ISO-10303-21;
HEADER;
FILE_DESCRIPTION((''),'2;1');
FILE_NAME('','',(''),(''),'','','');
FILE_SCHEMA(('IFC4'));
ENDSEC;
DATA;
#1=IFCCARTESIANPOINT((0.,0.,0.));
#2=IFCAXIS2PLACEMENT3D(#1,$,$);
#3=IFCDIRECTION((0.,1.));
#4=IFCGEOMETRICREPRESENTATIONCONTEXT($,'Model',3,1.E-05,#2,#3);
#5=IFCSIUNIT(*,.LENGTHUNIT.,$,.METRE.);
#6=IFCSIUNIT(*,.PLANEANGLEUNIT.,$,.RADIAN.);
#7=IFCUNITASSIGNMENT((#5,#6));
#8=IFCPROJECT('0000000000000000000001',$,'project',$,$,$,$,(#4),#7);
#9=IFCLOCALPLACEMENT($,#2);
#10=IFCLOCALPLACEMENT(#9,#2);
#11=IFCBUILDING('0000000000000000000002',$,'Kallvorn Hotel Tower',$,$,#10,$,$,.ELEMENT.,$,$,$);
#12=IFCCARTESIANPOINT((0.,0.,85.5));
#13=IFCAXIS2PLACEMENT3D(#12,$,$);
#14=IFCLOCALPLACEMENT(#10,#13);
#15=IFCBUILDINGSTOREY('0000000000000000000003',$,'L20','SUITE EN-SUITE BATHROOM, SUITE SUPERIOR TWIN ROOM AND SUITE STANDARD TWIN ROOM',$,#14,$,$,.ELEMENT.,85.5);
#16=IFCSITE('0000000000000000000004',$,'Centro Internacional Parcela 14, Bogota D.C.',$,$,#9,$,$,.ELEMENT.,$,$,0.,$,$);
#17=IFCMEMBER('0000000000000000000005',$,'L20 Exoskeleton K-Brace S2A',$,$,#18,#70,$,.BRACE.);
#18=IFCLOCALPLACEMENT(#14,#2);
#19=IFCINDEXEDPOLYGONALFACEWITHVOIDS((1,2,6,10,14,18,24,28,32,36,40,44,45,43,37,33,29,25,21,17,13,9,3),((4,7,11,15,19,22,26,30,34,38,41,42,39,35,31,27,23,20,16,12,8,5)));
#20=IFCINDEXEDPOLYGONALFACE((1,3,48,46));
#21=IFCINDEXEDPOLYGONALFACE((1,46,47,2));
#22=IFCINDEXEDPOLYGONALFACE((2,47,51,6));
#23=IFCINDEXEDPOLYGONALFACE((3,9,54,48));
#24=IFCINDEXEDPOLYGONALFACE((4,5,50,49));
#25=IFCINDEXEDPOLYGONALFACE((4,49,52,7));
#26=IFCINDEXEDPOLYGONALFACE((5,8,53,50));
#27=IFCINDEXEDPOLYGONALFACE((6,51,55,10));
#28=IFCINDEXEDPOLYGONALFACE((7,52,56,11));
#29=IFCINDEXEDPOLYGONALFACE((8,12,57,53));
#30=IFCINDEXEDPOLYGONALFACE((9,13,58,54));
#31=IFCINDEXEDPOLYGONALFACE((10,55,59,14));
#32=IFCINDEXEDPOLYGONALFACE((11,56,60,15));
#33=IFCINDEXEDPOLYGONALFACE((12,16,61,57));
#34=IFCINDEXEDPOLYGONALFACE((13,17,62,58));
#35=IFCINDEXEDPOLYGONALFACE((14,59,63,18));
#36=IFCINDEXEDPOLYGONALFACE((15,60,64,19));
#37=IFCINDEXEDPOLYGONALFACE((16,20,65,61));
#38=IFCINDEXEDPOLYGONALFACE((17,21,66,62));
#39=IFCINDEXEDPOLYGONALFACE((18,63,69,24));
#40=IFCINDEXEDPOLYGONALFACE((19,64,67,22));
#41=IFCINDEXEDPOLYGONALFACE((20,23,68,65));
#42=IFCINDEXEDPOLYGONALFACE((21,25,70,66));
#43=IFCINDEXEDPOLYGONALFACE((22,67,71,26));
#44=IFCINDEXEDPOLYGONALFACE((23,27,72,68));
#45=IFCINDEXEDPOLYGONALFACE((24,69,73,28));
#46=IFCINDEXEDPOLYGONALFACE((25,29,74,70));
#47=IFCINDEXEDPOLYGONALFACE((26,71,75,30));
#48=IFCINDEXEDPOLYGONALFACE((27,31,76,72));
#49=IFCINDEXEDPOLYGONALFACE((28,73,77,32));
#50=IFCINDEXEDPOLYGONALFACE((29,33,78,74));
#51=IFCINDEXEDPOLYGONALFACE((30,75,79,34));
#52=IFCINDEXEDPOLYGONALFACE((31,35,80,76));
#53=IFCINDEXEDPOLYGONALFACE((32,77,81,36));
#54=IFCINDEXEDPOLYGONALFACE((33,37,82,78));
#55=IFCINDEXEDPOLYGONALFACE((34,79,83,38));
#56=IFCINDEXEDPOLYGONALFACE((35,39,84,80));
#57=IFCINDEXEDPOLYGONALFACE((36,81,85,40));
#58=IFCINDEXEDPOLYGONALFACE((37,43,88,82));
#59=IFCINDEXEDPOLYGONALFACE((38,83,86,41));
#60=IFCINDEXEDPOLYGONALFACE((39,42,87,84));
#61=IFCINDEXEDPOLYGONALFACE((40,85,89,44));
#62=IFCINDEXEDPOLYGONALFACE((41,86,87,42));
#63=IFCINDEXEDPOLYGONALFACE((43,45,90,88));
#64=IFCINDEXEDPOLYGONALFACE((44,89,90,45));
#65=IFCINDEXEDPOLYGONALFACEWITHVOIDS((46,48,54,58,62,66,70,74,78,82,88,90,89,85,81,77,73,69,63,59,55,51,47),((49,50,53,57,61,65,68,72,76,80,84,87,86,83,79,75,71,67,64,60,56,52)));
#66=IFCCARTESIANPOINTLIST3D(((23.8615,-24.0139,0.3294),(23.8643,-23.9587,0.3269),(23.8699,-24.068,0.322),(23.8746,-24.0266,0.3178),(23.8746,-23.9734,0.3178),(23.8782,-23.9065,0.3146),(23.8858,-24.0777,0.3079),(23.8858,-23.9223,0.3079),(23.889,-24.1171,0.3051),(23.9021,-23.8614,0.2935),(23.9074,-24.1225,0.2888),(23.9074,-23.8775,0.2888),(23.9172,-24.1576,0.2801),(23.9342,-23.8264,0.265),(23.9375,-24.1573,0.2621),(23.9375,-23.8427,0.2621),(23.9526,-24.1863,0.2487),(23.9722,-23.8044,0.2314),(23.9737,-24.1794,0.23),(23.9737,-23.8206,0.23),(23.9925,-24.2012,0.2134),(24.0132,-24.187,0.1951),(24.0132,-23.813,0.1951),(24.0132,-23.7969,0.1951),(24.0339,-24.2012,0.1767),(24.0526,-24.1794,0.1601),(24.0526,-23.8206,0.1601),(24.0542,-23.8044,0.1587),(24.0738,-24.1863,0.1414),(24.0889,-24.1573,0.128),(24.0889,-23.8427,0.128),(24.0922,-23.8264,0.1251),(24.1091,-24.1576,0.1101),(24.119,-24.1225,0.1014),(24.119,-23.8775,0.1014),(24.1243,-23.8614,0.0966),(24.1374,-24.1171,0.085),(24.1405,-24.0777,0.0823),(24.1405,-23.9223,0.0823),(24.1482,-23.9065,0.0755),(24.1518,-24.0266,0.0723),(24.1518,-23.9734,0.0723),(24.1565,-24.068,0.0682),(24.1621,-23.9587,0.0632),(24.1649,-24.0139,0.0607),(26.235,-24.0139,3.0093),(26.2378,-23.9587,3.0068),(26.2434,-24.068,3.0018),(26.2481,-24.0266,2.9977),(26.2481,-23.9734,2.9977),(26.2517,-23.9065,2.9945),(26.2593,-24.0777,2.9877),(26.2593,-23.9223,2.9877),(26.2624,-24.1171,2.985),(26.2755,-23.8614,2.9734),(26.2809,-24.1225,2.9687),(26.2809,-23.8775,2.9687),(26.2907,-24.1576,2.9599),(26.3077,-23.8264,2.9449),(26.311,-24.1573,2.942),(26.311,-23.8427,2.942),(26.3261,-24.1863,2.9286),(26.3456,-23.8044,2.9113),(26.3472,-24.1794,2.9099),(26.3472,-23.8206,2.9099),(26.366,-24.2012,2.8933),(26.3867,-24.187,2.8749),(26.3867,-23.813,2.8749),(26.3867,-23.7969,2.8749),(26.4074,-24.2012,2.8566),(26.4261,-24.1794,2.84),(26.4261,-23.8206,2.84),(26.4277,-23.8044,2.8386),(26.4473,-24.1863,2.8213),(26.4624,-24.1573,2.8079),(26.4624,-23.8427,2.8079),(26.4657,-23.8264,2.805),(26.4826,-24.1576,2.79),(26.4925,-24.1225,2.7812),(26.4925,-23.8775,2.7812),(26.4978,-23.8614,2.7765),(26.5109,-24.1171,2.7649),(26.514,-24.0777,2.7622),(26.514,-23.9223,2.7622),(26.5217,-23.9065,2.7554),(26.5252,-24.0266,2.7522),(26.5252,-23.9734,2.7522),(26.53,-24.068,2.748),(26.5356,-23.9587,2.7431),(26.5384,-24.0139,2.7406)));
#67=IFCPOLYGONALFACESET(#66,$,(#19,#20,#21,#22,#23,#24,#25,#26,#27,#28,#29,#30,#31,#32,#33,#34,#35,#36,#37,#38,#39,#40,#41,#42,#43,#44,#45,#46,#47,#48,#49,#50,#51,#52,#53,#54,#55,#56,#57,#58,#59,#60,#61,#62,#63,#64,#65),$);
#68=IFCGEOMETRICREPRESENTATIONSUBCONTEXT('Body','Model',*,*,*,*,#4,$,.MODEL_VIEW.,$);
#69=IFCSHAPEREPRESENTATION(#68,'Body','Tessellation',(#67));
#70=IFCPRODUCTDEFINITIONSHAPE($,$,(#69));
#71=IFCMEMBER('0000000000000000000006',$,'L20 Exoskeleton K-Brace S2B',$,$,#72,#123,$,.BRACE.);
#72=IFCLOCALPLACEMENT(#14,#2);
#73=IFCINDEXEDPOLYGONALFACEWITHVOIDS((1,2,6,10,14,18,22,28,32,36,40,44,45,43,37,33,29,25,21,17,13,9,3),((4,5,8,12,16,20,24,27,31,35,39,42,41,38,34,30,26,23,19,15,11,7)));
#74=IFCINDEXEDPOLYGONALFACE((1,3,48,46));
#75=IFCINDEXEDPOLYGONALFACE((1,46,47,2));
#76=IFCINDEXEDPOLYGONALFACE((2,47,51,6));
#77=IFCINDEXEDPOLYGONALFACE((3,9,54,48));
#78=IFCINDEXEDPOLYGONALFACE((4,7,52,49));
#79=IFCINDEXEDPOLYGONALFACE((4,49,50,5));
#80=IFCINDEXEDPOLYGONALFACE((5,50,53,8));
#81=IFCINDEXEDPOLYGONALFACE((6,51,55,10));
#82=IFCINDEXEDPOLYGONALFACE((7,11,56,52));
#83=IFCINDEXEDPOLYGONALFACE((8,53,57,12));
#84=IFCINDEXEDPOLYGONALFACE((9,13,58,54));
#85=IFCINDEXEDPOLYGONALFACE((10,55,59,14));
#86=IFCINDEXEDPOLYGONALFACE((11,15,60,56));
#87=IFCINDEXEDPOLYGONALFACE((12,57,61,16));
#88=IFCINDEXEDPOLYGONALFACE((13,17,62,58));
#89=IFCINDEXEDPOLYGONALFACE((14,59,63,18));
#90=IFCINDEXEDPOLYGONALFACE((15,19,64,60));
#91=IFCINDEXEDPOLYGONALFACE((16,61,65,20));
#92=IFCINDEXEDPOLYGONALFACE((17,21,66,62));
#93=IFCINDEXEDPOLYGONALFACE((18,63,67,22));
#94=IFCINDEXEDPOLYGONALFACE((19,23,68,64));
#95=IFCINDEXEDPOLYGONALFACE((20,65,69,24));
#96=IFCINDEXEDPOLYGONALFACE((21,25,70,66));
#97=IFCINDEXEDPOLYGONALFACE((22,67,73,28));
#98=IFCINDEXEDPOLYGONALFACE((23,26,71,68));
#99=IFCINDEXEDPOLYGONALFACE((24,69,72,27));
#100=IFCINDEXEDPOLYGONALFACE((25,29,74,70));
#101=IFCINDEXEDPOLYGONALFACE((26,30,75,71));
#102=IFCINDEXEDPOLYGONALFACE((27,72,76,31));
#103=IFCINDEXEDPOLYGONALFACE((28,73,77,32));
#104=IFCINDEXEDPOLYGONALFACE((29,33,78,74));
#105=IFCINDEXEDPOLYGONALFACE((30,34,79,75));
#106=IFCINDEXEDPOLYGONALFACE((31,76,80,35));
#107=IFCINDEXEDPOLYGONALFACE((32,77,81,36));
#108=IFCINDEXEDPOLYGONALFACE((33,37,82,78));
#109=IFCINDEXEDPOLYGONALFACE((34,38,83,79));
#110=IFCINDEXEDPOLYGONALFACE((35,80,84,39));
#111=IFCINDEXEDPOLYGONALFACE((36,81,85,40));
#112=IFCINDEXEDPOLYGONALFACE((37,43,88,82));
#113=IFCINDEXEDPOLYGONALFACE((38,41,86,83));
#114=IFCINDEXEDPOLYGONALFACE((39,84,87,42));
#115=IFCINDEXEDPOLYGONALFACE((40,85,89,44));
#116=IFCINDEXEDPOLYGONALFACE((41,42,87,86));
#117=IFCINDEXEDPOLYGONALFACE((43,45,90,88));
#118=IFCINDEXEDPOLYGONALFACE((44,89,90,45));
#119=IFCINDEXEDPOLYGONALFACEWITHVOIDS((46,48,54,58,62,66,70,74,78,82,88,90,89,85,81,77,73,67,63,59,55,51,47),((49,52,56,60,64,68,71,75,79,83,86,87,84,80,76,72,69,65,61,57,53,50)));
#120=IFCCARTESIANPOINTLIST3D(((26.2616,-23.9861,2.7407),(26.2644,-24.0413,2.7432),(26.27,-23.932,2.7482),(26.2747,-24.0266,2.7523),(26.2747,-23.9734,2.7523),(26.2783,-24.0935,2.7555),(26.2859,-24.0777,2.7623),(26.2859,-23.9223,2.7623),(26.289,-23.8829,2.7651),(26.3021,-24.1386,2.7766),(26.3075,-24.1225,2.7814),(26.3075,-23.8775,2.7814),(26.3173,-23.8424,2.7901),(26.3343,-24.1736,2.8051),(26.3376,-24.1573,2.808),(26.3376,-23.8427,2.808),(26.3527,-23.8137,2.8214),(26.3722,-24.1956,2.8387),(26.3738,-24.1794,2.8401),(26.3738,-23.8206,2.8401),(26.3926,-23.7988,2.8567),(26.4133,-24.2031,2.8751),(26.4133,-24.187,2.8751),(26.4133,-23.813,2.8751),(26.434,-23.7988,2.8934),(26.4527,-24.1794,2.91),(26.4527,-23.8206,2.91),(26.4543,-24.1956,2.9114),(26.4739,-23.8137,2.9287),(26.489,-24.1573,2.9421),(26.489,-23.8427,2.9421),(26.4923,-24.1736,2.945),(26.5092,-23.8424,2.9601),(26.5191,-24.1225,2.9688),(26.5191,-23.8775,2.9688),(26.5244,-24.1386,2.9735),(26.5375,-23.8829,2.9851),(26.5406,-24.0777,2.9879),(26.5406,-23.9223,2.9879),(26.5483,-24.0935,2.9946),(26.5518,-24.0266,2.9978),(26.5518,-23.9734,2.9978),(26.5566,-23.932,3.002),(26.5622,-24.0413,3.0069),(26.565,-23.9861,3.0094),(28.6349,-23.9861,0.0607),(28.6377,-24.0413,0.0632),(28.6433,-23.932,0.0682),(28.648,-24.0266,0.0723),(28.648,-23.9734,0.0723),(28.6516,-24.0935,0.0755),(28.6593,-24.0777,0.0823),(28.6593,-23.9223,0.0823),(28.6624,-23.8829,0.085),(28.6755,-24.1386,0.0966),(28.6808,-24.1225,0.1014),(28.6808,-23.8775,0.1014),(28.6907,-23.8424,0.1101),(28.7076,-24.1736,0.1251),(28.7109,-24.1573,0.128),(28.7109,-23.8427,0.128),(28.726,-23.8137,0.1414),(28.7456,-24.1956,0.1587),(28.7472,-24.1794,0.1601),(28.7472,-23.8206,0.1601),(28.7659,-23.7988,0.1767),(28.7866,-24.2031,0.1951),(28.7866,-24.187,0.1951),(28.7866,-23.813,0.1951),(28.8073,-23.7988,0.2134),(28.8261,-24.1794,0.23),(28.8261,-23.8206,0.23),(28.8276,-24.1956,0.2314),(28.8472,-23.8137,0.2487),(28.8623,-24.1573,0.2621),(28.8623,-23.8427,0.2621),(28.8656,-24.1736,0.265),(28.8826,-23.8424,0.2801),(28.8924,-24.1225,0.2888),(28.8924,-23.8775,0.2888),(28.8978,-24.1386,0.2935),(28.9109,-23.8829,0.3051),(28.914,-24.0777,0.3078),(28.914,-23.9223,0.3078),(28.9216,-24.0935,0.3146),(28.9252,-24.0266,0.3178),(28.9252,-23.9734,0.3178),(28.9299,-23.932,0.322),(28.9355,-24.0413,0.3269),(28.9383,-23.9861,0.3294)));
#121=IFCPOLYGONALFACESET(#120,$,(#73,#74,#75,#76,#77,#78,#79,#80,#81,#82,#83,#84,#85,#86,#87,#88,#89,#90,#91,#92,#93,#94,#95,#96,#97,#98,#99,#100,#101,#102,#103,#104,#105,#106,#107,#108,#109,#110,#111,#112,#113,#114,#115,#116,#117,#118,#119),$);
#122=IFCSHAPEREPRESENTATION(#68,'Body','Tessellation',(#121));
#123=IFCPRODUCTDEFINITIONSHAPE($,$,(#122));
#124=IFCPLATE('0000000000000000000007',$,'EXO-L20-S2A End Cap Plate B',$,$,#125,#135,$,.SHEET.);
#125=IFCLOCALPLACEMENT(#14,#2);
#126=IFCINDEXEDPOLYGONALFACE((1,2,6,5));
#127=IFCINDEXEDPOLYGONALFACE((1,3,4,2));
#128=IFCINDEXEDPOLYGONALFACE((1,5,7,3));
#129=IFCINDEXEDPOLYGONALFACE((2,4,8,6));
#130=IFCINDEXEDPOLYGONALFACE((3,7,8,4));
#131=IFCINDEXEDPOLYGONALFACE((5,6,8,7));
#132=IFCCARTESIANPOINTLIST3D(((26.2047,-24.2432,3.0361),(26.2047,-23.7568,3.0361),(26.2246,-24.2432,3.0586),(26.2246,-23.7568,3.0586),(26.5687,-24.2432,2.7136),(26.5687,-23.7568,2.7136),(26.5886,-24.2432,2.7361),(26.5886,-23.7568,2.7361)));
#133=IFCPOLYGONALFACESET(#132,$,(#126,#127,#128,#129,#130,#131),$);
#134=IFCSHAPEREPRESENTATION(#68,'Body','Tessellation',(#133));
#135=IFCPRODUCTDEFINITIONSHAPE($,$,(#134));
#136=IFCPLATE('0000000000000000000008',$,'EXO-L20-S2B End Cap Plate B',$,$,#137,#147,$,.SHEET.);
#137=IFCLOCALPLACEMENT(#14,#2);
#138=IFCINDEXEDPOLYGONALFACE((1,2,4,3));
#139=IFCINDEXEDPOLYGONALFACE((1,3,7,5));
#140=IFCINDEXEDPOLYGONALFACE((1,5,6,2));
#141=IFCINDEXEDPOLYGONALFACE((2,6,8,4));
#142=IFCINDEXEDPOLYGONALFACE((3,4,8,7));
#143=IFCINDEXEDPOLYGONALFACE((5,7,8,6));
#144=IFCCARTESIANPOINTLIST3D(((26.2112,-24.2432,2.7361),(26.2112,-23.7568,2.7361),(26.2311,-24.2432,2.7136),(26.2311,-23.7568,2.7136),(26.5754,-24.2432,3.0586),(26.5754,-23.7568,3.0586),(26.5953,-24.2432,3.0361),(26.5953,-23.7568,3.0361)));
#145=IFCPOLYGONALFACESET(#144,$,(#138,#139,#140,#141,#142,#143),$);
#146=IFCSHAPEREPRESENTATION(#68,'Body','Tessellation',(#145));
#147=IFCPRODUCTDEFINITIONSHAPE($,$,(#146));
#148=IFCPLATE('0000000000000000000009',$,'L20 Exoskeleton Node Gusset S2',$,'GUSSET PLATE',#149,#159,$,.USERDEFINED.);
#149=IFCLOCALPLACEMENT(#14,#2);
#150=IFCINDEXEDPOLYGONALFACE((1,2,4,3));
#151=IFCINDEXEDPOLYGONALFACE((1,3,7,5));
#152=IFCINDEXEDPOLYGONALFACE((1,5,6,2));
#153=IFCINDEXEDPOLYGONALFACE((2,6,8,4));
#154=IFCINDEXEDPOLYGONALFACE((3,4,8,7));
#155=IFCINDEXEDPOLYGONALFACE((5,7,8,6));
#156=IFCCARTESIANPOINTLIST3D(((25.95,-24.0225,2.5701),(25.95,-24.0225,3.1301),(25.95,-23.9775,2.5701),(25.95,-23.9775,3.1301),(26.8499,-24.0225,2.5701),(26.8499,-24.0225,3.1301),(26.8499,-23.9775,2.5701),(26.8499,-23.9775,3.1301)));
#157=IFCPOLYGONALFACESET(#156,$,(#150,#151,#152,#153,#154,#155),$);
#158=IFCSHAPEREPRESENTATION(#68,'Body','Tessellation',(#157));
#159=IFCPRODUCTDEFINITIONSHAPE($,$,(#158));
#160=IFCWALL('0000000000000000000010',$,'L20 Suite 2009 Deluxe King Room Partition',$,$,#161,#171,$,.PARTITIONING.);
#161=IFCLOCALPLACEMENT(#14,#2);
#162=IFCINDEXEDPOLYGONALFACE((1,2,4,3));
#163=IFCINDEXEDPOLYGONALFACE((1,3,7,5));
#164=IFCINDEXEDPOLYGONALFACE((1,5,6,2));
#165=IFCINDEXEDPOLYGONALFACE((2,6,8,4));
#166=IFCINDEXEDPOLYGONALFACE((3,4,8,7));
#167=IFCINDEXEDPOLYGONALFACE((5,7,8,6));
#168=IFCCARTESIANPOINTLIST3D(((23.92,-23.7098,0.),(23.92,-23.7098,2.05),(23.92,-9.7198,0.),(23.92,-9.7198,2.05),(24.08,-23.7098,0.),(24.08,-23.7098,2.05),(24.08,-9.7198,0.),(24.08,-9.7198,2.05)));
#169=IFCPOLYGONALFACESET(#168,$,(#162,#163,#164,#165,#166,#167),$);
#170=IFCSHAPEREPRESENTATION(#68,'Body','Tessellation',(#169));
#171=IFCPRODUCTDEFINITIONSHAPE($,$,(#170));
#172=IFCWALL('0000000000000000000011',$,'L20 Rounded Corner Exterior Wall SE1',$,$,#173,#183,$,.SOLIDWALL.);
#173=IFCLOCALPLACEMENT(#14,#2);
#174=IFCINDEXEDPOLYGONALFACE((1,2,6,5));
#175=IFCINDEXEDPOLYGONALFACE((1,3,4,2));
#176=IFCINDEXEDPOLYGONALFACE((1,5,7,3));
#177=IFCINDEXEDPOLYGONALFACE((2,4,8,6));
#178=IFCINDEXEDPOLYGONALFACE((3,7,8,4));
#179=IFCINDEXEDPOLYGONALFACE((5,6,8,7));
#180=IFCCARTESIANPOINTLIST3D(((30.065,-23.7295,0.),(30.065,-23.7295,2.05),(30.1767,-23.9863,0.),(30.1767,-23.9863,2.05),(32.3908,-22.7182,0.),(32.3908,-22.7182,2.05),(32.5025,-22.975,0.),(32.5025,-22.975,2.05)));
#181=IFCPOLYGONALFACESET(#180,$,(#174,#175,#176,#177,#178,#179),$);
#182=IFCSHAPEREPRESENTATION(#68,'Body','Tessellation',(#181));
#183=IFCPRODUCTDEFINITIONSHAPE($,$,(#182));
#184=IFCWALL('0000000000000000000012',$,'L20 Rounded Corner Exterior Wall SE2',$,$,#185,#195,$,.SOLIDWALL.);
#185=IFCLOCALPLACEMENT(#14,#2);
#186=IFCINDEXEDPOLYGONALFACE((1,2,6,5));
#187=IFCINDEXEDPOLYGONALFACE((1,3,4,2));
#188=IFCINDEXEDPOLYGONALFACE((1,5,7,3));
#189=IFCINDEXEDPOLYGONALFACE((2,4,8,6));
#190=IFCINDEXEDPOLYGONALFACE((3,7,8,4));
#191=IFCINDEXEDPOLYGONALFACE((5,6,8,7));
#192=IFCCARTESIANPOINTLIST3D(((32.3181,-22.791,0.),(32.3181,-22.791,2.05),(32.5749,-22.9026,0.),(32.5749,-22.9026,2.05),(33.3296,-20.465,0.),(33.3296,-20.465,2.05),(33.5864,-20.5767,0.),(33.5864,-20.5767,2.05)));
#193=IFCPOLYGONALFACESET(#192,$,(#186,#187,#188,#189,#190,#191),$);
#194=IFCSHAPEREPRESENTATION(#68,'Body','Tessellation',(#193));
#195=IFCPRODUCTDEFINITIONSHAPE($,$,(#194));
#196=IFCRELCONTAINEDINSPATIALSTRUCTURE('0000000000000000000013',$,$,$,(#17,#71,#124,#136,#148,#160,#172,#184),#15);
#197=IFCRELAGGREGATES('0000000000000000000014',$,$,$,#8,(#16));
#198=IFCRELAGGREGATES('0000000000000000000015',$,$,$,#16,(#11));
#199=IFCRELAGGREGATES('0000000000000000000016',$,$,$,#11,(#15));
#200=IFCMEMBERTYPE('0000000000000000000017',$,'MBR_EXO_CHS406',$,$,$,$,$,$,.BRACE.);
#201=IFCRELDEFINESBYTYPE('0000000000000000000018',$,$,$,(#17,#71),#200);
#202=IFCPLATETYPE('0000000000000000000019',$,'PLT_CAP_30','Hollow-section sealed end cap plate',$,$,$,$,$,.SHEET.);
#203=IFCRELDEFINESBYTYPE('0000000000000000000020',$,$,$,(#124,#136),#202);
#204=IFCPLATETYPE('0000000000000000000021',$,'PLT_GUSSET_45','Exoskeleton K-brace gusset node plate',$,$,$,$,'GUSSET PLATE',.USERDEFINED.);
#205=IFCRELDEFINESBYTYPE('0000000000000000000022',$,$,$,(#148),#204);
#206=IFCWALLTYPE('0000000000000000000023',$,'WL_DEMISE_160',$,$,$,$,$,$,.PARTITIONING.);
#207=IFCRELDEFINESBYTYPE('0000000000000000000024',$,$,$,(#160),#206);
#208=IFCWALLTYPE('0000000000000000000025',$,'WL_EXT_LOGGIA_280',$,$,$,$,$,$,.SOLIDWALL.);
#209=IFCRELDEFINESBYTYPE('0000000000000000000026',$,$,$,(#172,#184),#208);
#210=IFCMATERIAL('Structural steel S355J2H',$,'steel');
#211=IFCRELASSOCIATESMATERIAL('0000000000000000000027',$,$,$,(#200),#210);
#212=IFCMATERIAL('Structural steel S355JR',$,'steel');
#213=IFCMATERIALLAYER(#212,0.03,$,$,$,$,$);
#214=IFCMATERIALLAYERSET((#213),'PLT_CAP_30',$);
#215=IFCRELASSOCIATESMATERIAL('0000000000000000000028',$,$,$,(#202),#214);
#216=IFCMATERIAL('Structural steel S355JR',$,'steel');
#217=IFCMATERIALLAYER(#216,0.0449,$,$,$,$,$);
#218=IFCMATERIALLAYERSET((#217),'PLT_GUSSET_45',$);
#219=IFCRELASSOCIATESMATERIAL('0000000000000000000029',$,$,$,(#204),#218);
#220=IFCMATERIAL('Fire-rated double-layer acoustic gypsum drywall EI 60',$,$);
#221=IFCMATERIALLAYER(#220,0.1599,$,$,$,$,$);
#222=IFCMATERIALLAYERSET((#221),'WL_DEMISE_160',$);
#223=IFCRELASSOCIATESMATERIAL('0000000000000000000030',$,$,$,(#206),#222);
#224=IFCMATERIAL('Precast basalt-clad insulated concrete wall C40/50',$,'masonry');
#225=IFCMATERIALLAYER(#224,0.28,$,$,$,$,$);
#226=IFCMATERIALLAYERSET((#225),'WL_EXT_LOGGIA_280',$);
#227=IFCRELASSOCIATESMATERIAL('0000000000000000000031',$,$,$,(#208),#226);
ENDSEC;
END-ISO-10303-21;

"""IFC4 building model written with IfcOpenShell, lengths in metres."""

from ifc_helpers import new_model, si_unit, direction, frame, frame_2d, origin, origin_2d, place, context, subcontext, project, spatial, polyline, rectangle, hollow_circle, outline, extrude, material, layer, layer_set, material_profile, profile_set, type_object, element, save


model = new_model("IFC4")

# Units and contexts
model_context = context("Model", 3, precision=1e-05, world=origin(), true_north=direction((0.0, 1.0)))
body_context = subcontext(model_context, "Body", "Model", "MODEL_VIEW")
ifc_project = project(units=[si_unit("LENGTHUNIT", "METRE"), si_unit("PLANEANGLEUNIT", "RADIAN")], contexts=[model_context])

# Site, building, storey
site_placement = place(None, origin())
site = spatial("IfcSite", under=ifc_project, at=site_placement, Name="Centro Internacional Parcela 14, Bogota D.C.", CompositionType="ELEMENT", RefElevation=0.0)
building_placement = place(site_placement, origin())
building = spatial("IfcBuilding", under=site, at=building_placement, Name="Kallvorn Hotel Tower", CompositionType="ELEMENT")
storey_placement = place(building_placement, frame((0.0, 0.0, 85.5)))
storey = spatial("IfcBuildingStorey", under=building, at=storey_placement, Name="L20", Description="SUITE EN-SUITE BATHROOM, SUITE SUPERIOR TWIN ROOM AND SUITE STANDARD TWIN ROOM", CompositionType="ELEMENT", Elevation=85.5)

# Members
ifc_material_1 = material(Name="Structural steel S355J2H", Category="steel")
ifc_material_profile_1 = material_profile(ifc_material_1, hollow_circle(Radius=0.2031, WallThickness=0.0161, at=origin_2d()), Name="CHS 406.4x16")
ifc_profile_set_1 = profile_set([ifc_material_profile_1], Name="Structural steel S355J2H")
member_type = type_object("IfcMemberType", Name="MBR_EXO_CHS406", PredefinedType="BRACE", material=ifc_profile_set_1)
for number, where, z_axis, x_axis, name in (
    (1, (24.0132, -24.0, 0.1951), (0.663017, 0.0, 0.748605), (0.0, 1.0, 0.0), "L20 Exoskeleton K-Brace S2A"),
    (2, (28.7866, -24.0, 0.1951), (-0.662978, 0.0, 0.748638), (0.0, -1.0, 0.0), "L20 Exoskeleton K-Brace S2B"),
):
    element("IfcMember", number, at=place(storey_placement, frame(where, z_axis=z_axis, x_axis=x_axis)), inside=storey, type_object=member_type, Name=name, PredefinedType="BRACE", context=body_context, shape_type="SweptSolid", body=[
        extrude(hollow_circle(Radius=0.2031, WallThickness=0.0161, at=origin_2d()), origin(), (0.0, 0.0, 1.0), 3.5798),
    ])

# Plates
ifc_material_2 = material(Name="Structural steel S355JR", Category="steel")
ifc_layer_1 = layer(ifc_material_2, 0.03)
ifc_layer_set_1 = layer_set([ifc_layer_1], Name="PLT_CAP_30")
plate_type_1 = type_object("IfcPlateType", Name="PLT_CAP_30", Description="Hollow-section sealed end cap plate", PredefinedType="SHEET", material=ifc_layer_set_1)
plate_1_placement = place(storey_placement, frame((26.5886, -24.2432, 2.7361), z_axis=(0.663148, 0.0, 0.748489), x_axis=(0.0, 1.0, 0.0)))
element("IfcPlate", 3, at=plate_1_placement, inside=storey, type_object=plate_type_1, Name="EXO-L20-S2A End Cap Plate B", PredefinedType="SHEET", context=body_context, shape_type="SweptSolid", body=[
    extrude(outline(polyline([(0.0, 0.0), (0.4863, 0.0), (0.4863, 0.4863), (0.0, 0.4863), (0.0, 0.0)])), origin(), (0.0, 0.0, -1.0), 0.03),
])
plate_2_placement = place(storey_placement, frame((26.2112, -23.7568, 2.7361), z_axis=(-0.662899, 0.0, 0.748709), x_axis=(0.0, -1.0, 0.0)))
element("IfcPlate", 4, at=plate_2_placement, inside=storey, type_object=plate_type_1, Name="EXO-L20-S2B End Cap Plate B", PredefinedType="SHEET", context=body_context, shape_type="SweptSolid", body=[
    extrude(outline(polyline([(0.0, 0.0), (0.4863, 0.0), (0.4863, 0.4865), (0.0, 0.4865), (0.0, 0.0)])), origin(), (0.0, 0.0, -1.0), 0.03),
])
ifc_material_3 = material(Name="Structural steel S355JR", Category="steel")
ifc_layer_2 = layer(ifc_material_3, 0.0449)
ifc_layer_set_2 = layer_set([ifc_layer_2], Name="PLT_GUSSET_45")
plate_type_2 = type_object("IfcPlateType", Name="PLT_GUSSET_45", Description="Exoskeleton K-brace gusset node plate", ElementType="GUSSET PLATE", PredefinedType="USERDEFINED", material=ifc_layer_set_2)
plate_3_placement = place(storey_placement, frame((26.3999, -24.0, 2.5701), z_axis=(0.0, 0.0, 1.0), x_axis=(1.0, 0.0, 0.0)))
element("IfcPlate", 5, at=plate_3_placement, inside=storey, type_object=plate_type_2, Name="L20 Exoskeleton Node Gusset S2", ObjectType="GUSSET PLATE", PredefinedType="USERDEFINED", context=body_context, shape_type="SweptSolid", body=[
    extrude(rectangle(XDim=0.8999, YDim=0.0449, at=origin_2d()), origin(), (0.0, 0.0, 1.0), 0.5601),
])

# Walls
ifc_material_4 = material(Name="Fire-rated double-layer acoustic gypsum drywall EI 60")
ifc_layer_3 = layer(ifc_material_4, 0.1599)
ifc_layer_set_3 = layer_set([ifc_layer_3], Name="WL_DEMISE_160")
wall_type_1 = type_object("IfcWallType", Name="WL_DEMISE_160", PredefinedType="PARTITIONING", material=ifc_layer_set_3)
wall_1_placement = place(storey_placement, frame((24.0, -23.71, 0.0), z_axis=(0.0, 0.0, 1.0), x_axis=(0.0, 1.0, 0.0)))
element("IfcWall", 6, at=wall_1_placement, inside=storey, type_object=wall_type_1, Name="L20 Suite 2009 Deluxe King Room Partition", PredefinedType="PARTITIONING", context=body_context, shape_type="SweptSolid", body=[
    extrude(rectangle(XDim=13.99, YDim=0.1599, at=frame_2d((6.9951, 0.0))), origin(), (0.0, 0.0, 1.0), 2.05),
])
ifc_material_5 = material(Name="Precast basalt-clad insulated concrete wall C40/50", Category="masonry")
ifc_layer_4 = layer(ifc_material_5, 0.28)
ifc_layer_set_4 = layer_set([ifc_layer_4], Name="WL_EXT_LOGGIA_280")
wall_type_2 = type_object("IfcWallType", Name="WL_EXT_LOGGIA_280", PredefinedType="SOLIDWALL", material=ifc_layer_set_4)
wall_2_placement = place(storey_placement, frame((30.1208, -23.8579, 0.0), z_axis=(0.0, 0.0, 1.0), x_axis=(0.917061, 0.398747, 0.0)))
element("IfcWall", 7, at=wall_2_placement, inside=storey, type_object=wall_type_2, Name="L20 Rounded Corner Exterior Wall SE1", PredefinedType="SOLIDWALL", context=body_context, shape_type="SweptSolid", body=[
    extrude(rectangle(XDim=2.5361, YDim=0.28, at=frame_2d((1.2681, 0.0))), origin(), (0.0, 0.0, 1.0), 2.05),
])
wall_3_placement = place(storey_placement, frame((32.4465, -22.8467, 0.0), z_axis=(0.0, 0.0, 1.0), x_axis=(0.398793, 0.917041, 0.0)))
element("IfcWall", 8, at=wall_3_placement, inside=storey, type_object=wall_type_2, Name="L20 Rounded Corner Exterior Wall SE2", PredefinedType="SOLIDWALL", context=body_context, shape_type="SweptSolid", body=[
    extrude(rectangle(XDim=2.5364, YDim=0.28, at=frame_2d((1.2681, 0.0))), origin(), (0.0, 0.0, 1.0), 2.05),
])

save(model, "model.ifc")
